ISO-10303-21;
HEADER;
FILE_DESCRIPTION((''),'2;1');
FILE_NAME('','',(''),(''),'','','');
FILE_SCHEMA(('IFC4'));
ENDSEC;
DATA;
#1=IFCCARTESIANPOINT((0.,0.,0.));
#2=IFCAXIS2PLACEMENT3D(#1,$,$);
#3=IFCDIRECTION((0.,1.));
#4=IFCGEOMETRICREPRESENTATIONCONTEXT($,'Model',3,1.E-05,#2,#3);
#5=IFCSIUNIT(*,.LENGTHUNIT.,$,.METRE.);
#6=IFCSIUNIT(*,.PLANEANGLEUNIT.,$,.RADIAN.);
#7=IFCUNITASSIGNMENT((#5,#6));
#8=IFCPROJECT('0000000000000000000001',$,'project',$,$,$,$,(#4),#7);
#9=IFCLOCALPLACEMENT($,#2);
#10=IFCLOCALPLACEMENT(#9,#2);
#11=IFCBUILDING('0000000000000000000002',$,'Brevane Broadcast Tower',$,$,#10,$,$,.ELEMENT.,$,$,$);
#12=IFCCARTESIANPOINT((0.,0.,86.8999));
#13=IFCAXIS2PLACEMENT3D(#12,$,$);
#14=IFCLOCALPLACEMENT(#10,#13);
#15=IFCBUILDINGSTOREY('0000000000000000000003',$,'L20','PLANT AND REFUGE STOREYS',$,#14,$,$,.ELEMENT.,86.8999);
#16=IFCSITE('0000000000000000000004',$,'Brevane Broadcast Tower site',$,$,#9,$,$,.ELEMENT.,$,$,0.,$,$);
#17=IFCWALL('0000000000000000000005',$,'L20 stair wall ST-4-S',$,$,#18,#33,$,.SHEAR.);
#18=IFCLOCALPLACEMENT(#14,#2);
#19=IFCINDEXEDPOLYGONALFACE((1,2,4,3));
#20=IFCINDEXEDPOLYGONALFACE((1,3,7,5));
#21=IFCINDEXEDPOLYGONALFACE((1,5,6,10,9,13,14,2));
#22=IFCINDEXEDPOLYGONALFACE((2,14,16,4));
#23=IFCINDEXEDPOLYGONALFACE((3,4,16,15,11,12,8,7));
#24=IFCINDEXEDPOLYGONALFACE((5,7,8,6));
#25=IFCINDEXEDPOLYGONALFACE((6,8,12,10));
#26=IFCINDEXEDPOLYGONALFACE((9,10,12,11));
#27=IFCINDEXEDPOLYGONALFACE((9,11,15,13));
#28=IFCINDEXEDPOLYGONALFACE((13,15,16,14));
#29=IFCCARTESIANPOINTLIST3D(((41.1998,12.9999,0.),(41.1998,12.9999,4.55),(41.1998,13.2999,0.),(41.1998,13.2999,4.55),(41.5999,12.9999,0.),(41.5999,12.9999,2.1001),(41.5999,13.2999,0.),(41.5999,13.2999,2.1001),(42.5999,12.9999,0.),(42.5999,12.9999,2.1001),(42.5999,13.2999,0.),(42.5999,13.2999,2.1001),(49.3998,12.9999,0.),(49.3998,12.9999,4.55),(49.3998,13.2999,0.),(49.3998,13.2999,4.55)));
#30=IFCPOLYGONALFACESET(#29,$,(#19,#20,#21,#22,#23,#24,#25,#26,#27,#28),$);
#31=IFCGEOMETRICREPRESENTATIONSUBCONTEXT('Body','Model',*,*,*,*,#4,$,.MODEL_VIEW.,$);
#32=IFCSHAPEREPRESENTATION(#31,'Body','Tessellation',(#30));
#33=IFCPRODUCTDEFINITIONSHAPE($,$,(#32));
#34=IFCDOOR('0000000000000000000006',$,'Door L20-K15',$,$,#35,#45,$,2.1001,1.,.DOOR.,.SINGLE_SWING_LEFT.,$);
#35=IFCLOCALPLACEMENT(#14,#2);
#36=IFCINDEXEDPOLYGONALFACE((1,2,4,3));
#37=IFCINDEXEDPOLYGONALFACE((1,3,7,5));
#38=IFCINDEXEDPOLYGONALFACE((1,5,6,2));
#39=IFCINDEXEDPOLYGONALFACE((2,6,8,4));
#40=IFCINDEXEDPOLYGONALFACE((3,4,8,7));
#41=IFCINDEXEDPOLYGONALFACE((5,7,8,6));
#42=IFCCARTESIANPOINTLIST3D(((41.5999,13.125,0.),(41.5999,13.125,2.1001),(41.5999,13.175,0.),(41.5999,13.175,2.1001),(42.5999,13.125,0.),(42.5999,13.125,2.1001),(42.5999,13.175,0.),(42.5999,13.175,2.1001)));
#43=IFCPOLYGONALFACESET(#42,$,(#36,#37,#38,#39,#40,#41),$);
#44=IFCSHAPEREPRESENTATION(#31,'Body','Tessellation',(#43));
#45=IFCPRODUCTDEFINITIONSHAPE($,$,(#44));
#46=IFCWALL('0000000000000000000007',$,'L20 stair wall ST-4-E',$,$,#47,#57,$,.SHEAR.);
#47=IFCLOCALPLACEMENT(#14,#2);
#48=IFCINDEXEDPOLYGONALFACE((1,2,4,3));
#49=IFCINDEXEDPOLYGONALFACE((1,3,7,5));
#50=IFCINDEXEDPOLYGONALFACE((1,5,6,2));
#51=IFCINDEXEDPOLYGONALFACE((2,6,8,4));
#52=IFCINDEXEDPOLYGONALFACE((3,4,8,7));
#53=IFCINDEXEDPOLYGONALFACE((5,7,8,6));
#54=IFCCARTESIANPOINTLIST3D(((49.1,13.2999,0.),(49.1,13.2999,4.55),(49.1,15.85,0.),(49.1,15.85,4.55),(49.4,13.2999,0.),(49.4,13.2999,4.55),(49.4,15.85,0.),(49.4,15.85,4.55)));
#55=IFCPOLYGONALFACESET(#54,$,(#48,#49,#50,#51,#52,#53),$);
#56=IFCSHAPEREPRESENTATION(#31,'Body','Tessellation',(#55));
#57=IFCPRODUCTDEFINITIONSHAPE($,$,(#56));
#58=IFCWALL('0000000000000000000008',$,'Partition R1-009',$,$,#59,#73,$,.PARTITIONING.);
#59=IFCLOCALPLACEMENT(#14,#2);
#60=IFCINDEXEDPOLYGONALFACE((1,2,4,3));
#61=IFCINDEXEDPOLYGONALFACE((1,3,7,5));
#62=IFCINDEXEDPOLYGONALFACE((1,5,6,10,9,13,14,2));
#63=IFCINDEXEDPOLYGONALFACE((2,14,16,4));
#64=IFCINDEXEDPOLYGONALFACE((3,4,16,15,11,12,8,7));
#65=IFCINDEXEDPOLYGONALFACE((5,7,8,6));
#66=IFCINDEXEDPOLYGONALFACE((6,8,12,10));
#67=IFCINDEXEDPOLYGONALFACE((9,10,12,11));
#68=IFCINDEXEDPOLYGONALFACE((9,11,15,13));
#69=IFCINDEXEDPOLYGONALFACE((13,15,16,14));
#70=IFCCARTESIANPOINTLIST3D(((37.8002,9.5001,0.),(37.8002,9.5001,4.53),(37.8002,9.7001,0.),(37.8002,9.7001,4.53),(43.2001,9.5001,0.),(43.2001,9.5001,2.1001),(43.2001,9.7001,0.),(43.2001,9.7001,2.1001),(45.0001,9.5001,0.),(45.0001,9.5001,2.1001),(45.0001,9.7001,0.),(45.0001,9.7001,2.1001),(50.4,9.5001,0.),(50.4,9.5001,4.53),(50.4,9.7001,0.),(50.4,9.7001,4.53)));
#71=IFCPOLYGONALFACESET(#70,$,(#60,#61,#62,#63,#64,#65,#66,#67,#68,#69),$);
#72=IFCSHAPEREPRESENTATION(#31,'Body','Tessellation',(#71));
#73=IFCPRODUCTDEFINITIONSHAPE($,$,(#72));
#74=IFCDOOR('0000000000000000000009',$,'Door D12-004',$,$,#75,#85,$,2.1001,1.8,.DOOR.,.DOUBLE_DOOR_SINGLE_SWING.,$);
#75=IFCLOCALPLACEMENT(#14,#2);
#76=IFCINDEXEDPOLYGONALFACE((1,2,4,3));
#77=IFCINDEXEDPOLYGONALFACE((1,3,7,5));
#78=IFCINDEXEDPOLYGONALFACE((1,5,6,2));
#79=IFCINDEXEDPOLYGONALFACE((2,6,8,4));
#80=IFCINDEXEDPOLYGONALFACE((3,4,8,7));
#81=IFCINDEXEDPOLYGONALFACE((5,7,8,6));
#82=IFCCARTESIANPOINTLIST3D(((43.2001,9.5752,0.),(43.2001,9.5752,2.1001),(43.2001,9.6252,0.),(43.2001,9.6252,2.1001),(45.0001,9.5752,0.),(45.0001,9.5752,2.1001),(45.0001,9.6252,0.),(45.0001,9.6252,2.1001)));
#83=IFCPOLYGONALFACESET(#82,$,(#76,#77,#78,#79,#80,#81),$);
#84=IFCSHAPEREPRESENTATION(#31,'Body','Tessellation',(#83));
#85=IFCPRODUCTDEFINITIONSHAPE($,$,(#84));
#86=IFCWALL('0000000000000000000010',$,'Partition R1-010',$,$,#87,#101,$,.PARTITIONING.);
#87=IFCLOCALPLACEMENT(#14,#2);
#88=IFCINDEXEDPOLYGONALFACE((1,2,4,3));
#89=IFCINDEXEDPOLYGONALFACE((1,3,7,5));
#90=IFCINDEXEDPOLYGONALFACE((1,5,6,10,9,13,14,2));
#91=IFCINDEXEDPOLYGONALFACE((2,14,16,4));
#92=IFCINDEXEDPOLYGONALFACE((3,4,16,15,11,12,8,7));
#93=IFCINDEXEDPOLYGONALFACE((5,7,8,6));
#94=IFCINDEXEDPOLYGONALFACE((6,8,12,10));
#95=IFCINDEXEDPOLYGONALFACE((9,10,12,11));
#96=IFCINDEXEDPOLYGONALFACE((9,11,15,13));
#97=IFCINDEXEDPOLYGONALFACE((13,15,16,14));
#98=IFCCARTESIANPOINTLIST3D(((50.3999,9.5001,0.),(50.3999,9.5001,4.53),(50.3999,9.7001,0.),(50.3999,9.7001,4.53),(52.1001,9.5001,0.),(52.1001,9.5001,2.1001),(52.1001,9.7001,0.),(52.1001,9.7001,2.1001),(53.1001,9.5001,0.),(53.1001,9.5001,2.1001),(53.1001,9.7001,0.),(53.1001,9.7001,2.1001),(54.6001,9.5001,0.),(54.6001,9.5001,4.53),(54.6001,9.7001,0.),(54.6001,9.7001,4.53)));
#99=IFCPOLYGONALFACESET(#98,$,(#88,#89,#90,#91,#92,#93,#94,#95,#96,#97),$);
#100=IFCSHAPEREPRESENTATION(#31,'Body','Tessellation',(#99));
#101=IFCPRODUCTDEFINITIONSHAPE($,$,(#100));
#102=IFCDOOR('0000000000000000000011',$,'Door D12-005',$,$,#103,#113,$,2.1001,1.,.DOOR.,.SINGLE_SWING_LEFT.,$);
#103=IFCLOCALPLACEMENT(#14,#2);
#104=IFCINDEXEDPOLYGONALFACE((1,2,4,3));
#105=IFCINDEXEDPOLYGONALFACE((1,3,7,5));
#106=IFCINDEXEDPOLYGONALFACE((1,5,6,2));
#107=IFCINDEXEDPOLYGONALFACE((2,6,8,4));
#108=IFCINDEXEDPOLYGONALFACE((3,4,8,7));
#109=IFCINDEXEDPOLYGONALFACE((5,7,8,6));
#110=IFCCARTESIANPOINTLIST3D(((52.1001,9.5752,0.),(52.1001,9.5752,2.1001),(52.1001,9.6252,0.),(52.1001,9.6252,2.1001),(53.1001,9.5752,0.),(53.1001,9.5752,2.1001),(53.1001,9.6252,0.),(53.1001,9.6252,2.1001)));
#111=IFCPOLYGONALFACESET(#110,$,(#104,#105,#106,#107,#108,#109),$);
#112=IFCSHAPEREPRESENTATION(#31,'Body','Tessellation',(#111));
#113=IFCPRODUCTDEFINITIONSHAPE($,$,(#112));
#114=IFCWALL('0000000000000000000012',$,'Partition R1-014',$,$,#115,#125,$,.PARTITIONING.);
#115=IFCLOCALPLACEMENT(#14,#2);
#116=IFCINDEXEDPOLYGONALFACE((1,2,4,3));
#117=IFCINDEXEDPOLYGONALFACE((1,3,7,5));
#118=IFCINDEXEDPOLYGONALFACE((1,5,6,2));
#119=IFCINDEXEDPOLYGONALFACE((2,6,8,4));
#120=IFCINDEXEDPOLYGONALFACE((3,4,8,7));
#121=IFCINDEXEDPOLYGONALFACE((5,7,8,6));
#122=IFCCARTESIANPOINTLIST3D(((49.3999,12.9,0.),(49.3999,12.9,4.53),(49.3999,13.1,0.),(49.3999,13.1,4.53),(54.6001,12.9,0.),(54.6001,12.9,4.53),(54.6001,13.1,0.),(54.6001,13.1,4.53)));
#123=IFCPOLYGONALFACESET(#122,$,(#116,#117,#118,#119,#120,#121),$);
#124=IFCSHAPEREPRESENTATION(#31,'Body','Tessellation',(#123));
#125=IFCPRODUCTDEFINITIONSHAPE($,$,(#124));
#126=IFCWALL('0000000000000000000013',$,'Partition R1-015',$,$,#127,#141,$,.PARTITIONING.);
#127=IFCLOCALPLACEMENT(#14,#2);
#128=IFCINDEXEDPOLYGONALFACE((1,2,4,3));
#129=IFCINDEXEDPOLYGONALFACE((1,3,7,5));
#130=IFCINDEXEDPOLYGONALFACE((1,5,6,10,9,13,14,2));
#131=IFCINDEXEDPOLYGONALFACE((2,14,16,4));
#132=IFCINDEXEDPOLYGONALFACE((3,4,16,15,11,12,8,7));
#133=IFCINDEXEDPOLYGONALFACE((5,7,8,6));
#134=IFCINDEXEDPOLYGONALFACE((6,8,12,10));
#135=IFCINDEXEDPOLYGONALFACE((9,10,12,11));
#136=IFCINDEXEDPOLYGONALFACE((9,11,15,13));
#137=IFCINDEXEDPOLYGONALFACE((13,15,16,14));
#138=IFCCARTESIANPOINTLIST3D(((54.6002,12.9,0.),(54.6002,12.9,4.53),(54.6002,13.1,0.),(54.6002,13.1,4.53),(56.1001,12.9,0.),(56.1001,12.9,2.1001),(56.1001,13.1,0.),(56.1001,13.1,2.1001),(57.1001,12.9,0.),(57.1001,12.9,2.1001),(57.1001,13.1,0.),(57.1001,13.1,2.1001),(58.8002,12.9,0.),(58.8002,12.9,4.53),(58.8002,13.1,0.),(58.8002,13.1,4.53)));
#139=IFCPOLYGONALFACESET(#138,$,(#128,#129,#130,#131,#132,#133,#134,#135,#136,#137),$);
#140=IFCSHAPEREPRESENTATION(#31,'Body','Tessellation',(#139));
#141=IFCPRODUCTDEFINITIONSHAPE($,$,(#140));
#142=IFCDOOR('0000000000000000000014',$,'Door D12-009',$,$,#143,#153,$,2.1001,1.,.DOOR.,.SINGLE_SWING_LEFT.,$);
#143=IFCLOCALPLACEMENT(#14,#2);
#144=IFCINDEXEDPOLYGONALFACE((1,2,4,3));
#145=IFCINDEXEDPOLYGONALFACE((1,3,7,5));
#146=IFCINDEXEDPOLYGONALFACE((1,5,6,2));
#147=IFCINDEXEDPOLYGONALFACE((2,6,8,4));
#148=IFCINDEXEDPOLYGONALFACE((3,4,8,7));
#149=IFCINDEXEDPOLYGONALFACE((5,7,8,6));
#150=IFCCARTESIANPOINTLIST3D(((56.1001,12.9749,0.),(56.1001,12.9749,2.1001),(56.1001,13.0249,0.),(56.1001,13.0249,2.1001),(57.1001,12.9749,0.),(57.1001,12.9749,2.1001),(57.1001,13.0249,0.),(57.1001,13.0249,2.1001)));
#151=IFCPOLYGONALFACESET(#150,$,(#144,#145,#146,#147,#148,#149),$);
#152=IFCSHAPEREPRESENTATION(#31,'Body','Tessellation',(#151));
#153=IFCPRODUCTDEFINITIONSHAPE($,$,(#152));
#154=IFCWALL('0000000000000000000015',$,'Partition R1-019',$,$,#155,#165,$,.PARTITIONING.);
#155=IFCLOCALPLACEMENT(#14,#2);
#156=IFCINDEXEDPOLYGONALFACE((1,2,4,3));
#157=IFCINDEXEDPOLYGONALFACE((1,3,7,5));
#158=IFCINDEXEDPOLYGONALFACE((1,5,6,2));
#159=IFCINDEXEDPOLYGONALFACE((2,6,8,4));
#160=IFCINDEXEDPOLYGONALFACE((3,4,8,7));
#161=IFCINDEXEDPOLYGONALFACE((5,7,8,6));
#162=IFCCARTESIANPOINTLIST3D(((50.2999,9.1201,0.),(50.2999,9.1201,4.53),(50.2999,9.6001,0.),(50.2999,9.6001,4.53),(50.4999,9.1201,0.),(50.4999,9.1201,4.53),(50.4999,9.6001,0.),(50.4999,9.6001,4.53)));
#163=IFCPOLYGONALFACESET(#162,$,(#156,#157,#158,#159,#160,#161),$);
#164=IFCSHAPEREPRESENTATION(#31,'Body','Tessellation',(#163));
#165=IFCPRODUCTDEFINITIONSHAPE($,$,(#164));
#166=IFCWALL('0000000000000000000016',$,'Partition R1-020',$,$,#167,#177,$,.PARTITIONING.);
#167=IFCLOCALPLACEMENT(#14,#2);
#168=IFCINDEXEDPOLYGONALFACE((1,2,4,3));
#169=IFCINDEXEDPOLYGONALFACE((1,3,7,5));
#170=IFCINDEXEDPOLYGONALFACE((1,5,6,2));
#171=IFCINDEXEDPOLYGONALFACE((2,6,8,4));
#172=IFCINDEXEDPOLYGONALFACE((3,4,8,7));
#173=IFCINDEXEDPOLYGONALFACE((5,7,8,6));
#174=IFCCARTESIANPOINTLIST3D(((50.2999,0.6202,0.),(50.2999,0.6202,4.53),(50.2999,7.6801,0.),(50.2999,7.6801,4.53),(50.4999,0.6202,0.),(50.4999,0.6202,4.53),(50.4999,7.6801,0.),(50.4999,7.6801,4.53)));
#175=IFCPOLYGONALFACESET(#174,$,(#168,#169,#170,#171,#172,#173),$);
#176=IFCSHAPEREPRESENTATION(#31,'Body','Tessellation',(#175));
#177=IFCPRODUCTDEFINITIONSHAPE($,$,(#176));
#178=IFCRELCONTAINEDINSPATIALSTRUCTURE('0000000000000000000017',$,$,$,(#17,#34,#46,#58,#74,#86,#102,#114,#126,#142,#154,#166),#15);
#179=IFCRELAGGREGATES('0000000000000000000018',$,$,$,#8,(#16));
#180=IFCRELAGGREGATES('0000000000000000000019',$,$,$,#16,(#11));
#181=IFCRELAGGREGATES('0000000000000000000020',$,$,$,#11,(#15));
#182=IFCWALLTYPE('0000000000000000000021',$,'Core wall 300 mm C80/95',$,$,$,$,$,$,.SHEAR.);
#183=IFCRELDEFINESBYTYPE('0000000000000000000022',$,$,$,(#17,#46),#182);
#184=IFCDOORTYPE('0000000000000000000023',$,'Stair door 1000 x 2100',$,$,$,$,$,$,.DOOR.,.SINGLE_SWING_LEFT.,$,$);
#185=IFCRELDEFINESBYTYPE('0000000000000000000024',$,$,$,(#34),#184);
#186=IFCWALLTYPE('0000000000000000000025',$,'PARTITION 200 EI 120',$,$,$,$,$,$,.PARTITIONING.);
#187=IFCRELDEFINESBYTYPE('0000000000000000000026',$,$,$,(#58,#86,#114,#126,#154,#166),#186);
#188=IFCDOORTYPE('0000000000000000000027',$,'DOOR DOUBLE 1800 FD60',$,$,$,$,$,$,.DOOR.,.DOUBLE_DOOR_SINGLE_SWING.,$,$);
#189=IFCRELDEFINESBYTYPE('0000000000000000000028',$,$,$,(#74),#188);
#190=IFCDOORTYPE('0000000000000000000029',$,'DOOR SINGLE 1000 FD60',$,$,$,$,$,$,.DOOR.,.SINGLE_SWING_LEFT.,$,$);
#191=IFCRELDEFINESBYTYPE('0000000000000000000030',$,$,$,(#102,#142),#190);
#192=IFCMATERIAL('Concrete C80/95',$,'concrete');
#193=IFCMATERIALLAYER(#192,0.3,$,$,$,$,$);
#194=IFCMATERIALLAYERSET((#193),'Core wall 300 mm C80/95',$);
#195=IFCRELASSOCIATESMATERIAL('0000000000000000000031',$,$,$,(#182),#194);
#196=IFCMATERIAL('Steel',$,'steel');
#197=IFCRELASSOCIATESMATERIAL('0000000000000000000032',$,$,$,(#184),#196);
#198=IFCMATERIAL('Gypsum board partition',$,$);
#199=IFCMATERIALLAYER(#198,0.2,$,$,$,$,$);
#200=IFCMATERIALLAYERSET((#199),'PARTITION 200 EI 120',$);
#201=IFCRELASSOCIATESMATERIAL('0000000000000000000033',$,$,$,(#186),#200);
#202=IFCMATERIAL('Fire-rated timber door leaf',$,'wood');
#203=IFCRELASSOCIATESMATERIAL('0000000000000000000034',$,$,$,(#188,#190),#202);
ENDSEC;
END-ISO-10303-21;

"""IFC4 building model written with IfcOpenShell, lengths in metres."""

from ifc_helpers import new_model, si_unit, direction, frame, frame_2d, origin, place, context, subcontext, project, spatial, rectangle, extrude, material, layer, layer_set, type_object, element, fill, save


model = new_model("IFC4")

# Units and contexts
model_context = context("Model", 3, precision=1e-05, world=origin(), true_north=direction((0.0, 1.0)))
body_context = subcontext(model_context, "Body", "Model", "MODEL_VIEW")
ifc_project = project(units=[si_unit("LENGTHUNIT", "METRE"), si_unit("PLANEANGLEUNIT", "RADIAN")], contexts=[model_context])

# Site, building, storey
site_placement = place(None, origin())
site = spatial("IfcSite", under=ifc_project, at=site_placement, Name="Brevane Broadcast Tower site", CompositionType="ELEMENT", RefElevation=0.0)
building_placement = place(site_placement, origin())
building = spatial("IfcBuilding", under=site, at=building_placement, Name="Brevane Broadcast Tower", CompositionType="ELEMENT")
storey_placement = place(building_placement, frame((0.0, 0.0, 86.8999)))
storey = spatial("IfcBuildingStorey", under=building, at=storey_placement, Name="L20", Description="PLANT AND REFUGE STOREYS", CompositionType="ELEMENT", Elevation=86.8999)

# Shared definitions
ifc_material_1 = material(Name="Concrete C80/95", Category="concrete")

# Wall, opening, door
ifc_layer_1 = layer(ifc_material_1, 0.3)
ifc_layer_set_1 = layer_set([ifc_layer_1], Name="Core wall 300 mm C80/95")
wall_type_1 = type_object("IfcWallType", Name="Core wall 300 mm C80/95", PredefinedType="SHEAR", material=ifc_layer_set_1)
wall_1_placement = place(storey_placement, frame((49.3999, 13.1499, 0.0), z_axis=(0.0, 0.0, 1.0), x_axis=(-1.0, 0.0, 0.0)))
wall_1 = element("IfcWall", 1, at=wall_1_placement, inside=storey, type_object=wall_type_1, Name="L20 stair wall ST-4-S", PredefinedType="SHEAR", context=body_context, shape_type="SweptSolid", body=[
    extrude(rectangle(XDim=8.2, YDim=0.3, at=frame_2d((4.1001, 0.0))), origin(), (0.0, 0.0, 1.0), 4.55),
])
opening_1_placement = place(wall_1_placement, frame((6.8, 0.0, 0.0)))
opening_1 = element("IfcOpeningElement", 2, at=opening_1_placement, cuts=wall_1, PredefinedType="OPENING", context=body_context, shape_type="SweptSolid", body=[
    extrude(rectangle(XDim=1.0, YDim=2.1001, at=frame_2d((0.5, 1.05))), frame((0.0, 0.1599, 0.0), z_axis=(0.0, -1.0, 0.0), x_axis=(1.0, 0.0, 0.0)), (0.0, 0.0, 1.0), 0.3201),
])
ifc_material_2 = material(Name="Steel", Category="steel")
door_type_1 = type_object("IfcDoorType", Name="Stair door 1000 x 2100", OperationType="SINGLE_SWING_LEFT", PredefinedType="DOOR", material=ifc_material_2)
door_1_placement = place(opening_1_placement, origin())
door_1 = element("IfcDoor", 3, at=door_1_placement, inside=storey, type_object=door_type_1, Name="Door L20-K15", OperationType="SINGLE_SWING_LEFT", OverallHeight=2.1001, OverallWidth=1.0, PredefinedType="DOOR", context=body_context, shape_type="SweptSolid", body=[
    extrude(rectangle(XDim=1.0, YDim=2.1001, at=frame_2d((0.5, 1.05))), frame((0.0, 0.0249, 0.0), z_axis=(0.0, -1.0, 0.0), x_axis=(1.0, 0.0, 0.0)), (0.0, 0.0, 1.0), 0.05),
])
fill(opening_1, door_1)

# Wall
wall_2_placement = place(storey_placement, frame((49.25, 13.3, 0.0), z_axis=(0.0, 0.0, 1.0), x_axis=(0.0, 1.0, 0.0)))
element("IfcWall", 4, at=wall_2_placement, inside=storey, type_object=wall_type_1, Name="L20 stair wall ST-4-E", PredefinedType="SHEAR", context=body_context, shape_type="SweptSolid", body=[
    extrude(rectangle(XDim=2.55, YDim=0.3, at=frame_2d((1.2749, 0.0))), origin(), (0.0, 0.0, 1.0), 4.55),
])

# Walls, openings, doors
ifc_material_3 = material(Name="Gypsum board partition")
ifc_layer_2 = layer(ifc_material_3, 0.2)
ifc_layer_set_2 = layer_set([ifc_layer_2], Name="PARTITION 200 EI 120")
wall_type_2 = type_object("IfcWallType", Name="PARTITION 200 EI 120", PredefinedType="PARTITIONING", material=ifc_layer_set_2)
wall_3_placement = place(storey_placement, frame((50.3999, 9.6001, 0.0), z_axis=(0.0, 0.0, 1.0), x_axis=(-1.0, 0.0, 0.0)))
wall_3 = element("IfcWall", 5, at=wall_3_placement, inside=storey, type_object=wall_type_2, Name="Partition R1-009", PredefinedType="PARTITIONING", context=body_context, shape_type="SweptSolid", body=[
    extrude(rectangle(XDim=12.5999, YDim=0.2, at=frame_2d((6.2998, 0.0))), origin(), (0.0, 0.0, 1.0), 4.53),
])
opening_2_placement = place(wall_3_placement, frame((5.3999, 0.0, 0.0)))
opening_2 = element("IfcOpeningElement", 6, at=opening_2_placement, cuts=wall_3, PredefinedType="OPENING", context=body_context, shape_type="SweptSolid", body=[
    extrude(rectangle(XDim=1.8, YDim=2.1001, at=frame_2d((0.8999, 1.05))), frame((0.0, 0.1099, 0.0), z_axis=(0.0, -1.0, 0.0), x_axis=(1.0, 0.0, 0.0)), (0.0, 0.0, 1.0), 0.22),
])
ifc_material_4 = material(Name="Fire-rated timber door leaf", Category="wood")
door_type_2 = type_object("IfcDoorType", Name="DOOR DOUBLE 1800 FD60", OperationType="DOUBLE_DOOR_SINGLE_SWING", PredefinedType="DOOR", material=ifc_material_4)
door_2_placement = place(opening_2_placement, origin())
door_2 = element("IfcDoor", 7, at=door_2_placement, inside=storey, type_object=door_type_2, Name="Door D12-004", OperationType="DOUBLE_DOOR_SINGLE_SWING", OverallHeight=2.1001, OverallWidth=1.8, PredefinedType="DOOR", context=body_context, shape_type="SweptSolid", body=[
    extrude(rectangle(XDim=1.8, YDim=2.1001, at=frame_2d((0.8999, 1.05))), frame((0.0, 0.0249, 0.0), z_axis=(0.0, -1.0, 0.0), x_axis=(1.0, 0.0, 0.0)), (0.0, 0.0, 1.0), 0.05),
])
fill(opening_2, door_2)
wall_4_placement = place(storey_placement, frame((54.6001, 9.6001, 0.0), z_axis=(0.0, 0.0, 1.0), x_axis=(-1.0, 0.0, 0.0)))
wall_4 = element("IfcWall", 8, at=wall_4_placement, inside=storey, type_object=wall_type_2, Name="Partition R1-010", PredefinedType="PARTITIONING", context=body_context, shape_type="SweptSolid", body=[
    extrude(rectangle(XDim=4.2002, YDim=0.2, at=frame_2d((2.1001, 0.0))), origin(), (0.0, 0.0, 1.0), 4.53),
])
opening_3_placement = place(wall_4_placement, frame((1.5, 0.0, 0.0)))
opening_3 = element("IfcOpeningElement", 9, at=opening_3_placement, cuts=wall_4, PredefinedType="OPENING", context=body_context, shape_type="SweptSolid", body=[
    extrude(rectangle(XDim=1.0, YDim=2.1001, at=frame_2d((0.5, 1.05))), frame((0.0, 0.1099, 0.0), z_axis=(0.0, -1.0, 0.0), x_axis=(1.0, 0.0, 0.0)), (0.0, 0.0, 1.0), 0.22),
])
door_type_3 = type_object("IfcDoorType", Name="DOOR SINGLE 1000 FD60", OperationType="SINGLE_SWING_LEFT", PredefinedType="DOOR", material=ifc_material_4)
door_3_placement = place(opening_3_placement, origin())
door_3 = element("IfcDoor", 10, at=door_3_placement, inside=storey, type_object=door_type_3, Name="Door D12-005", OperationType="SINGLE_SWING_LEFT", OverallHeight=2.1001, OverallWidth=1.0, PredefinedType="DOOR", context=body_context, shape_type="SweptSolid", body=[
    extrude(rectangle(XDim=1.0, YDim=2.1001, at=frame_2d((0.5, 1.05))), frame((0.0, 0.0249, 0.0), z_axis=(0.0, -1.0, 0.0), x_axis=(1.0, 0.0, 0.0)), (0.0, 0.0, 1.0), 0.05),
])
fill(opening_3, door_3)

# Wall
wall_5_placement = place(storey_placement, frame((49.3999, 13.0, 0.0), z_axis=(0.0, 0.0, 1.0), x_axis=(1.0, 0.0, 0.0)))
element("IfcWall", 11, at=wall_5_placement, inside=storey, type_object=wall_type_2, Name="Partition R1-014", PredefinedType="PARTITIONING", context=body_context, shape_type="SweptSolid", body=[
    extrude(rectangle(XDim=5.2002, YDim=0.2, at=frame_2d((2.6001, 0.0))), origin(), (0.0, 0.0, 1.0), 4.53),
])

# Wall, opening, door
wall_6_placement = place(storey_placement, frame((54.6001, 13.0, 0.0), z_axis=(0.0, 0.0, 1.0), x_axis=(1.0, 0.0, 0.0)))
wall_6 = element("IfcWall", 12, at=wall_6_placement, inside=storey, type_object=wall_type_2, Name="Partition R1-015", PredefinedType="PARTITIONING", context=body_context, shape_type="SweptSolid", body=[
    extrude(rectangle(XDim=4.2, YDim=0.2, at=frame_2d((2.1001, 0.0))), origin(), (0.0, 0.0, 1.0), 4.53),
])
opening_4_placement = place(wall_6_placement, frame((1.5, 0.0, 0.0)))
opening_4 = element("IfcOpeningElement", 13, at=opening_4_placement, cuts=wall_6, PredefinedType="OPENING", context=body_context, shape_type="SweptSolid", body=[
    extrude(rectangle(XDim=1.0, YDim=2.1001, at=frame_2d((0.5, 1.05))), frame((0.0, 0.1099, 0.0), z_axis=(0.0, -1.0, 0.0), x_axis=(1.0, 0.0, 0.0)), (0.0, 0.0, 1.0), 0.22),
])
door_4_placement = place(opening_4_placement, origin())
door_4 = element("IfcDoor", 14, at=door_4_placement, inside=storey, type_object=door_type_3, Name="Door D12-009", OperationType="SINGLE_SWING_LEFT", OverallHeight=2.1001, OverallWidth=1.0, PredefinedType="DOOR", context=body_context, shape_type="SweptSolid", body=[
    extrude(rectangle(XDim=1.0, YDim=2.1001, at=frame_2d((0.5, 1.05))), frame((0.0, 0.0249, 0.0), z_axis=(0.0, -1.0, 0.0), x_axis=(1.0, 0.0, 0.0)), (0.0, 0.0, 1.0), 0.05),
])
fill(opening_4, door_4)

# Walls
wall_7_placement = place(storey_placement, frame((50.3999, 9.6001, 0.0), z_axis=(0.0, 0.0, 1.0), x_axis=(0.0, -1.0, 0.0)))
element("IfcWall", 15, at=wall_7_placement, inside=storey, type_object=wall_type_2, Name="Partition R1-019", PredefinedType="PARTITIONING", context=body_context, shape_type="SweptSolid", body=[
    extrude(rectangle(XDim=0.48, YDim=0.2, at=frame_2d((0.24, 0.0))), origin(), (0.0, 0.0, 1.0), 4.53),
])
wall_8_placement = place(storey_placement, frame((50.3999, 7.6799, 0.0), z_axis=(0.0, 0.0, 1.0), x_axis=(0.0, -1.0, 0.0)))
element("IfcWall", 16, at=wall_8_placement, inside=storey, type_object=wall_type_2, Name="Partition R1-020", PredefinedType="PARTITIONING", context=body_context, shape_type="SweptSolid", body=[
    extrude(rectangle(XDim=7.0598, YDim=0.2, at=frame_2d((3.5298, 0.0))), origin(), (0.0, 0.0, 1.0), 4.53),
])

save(model, "model.ifc")
